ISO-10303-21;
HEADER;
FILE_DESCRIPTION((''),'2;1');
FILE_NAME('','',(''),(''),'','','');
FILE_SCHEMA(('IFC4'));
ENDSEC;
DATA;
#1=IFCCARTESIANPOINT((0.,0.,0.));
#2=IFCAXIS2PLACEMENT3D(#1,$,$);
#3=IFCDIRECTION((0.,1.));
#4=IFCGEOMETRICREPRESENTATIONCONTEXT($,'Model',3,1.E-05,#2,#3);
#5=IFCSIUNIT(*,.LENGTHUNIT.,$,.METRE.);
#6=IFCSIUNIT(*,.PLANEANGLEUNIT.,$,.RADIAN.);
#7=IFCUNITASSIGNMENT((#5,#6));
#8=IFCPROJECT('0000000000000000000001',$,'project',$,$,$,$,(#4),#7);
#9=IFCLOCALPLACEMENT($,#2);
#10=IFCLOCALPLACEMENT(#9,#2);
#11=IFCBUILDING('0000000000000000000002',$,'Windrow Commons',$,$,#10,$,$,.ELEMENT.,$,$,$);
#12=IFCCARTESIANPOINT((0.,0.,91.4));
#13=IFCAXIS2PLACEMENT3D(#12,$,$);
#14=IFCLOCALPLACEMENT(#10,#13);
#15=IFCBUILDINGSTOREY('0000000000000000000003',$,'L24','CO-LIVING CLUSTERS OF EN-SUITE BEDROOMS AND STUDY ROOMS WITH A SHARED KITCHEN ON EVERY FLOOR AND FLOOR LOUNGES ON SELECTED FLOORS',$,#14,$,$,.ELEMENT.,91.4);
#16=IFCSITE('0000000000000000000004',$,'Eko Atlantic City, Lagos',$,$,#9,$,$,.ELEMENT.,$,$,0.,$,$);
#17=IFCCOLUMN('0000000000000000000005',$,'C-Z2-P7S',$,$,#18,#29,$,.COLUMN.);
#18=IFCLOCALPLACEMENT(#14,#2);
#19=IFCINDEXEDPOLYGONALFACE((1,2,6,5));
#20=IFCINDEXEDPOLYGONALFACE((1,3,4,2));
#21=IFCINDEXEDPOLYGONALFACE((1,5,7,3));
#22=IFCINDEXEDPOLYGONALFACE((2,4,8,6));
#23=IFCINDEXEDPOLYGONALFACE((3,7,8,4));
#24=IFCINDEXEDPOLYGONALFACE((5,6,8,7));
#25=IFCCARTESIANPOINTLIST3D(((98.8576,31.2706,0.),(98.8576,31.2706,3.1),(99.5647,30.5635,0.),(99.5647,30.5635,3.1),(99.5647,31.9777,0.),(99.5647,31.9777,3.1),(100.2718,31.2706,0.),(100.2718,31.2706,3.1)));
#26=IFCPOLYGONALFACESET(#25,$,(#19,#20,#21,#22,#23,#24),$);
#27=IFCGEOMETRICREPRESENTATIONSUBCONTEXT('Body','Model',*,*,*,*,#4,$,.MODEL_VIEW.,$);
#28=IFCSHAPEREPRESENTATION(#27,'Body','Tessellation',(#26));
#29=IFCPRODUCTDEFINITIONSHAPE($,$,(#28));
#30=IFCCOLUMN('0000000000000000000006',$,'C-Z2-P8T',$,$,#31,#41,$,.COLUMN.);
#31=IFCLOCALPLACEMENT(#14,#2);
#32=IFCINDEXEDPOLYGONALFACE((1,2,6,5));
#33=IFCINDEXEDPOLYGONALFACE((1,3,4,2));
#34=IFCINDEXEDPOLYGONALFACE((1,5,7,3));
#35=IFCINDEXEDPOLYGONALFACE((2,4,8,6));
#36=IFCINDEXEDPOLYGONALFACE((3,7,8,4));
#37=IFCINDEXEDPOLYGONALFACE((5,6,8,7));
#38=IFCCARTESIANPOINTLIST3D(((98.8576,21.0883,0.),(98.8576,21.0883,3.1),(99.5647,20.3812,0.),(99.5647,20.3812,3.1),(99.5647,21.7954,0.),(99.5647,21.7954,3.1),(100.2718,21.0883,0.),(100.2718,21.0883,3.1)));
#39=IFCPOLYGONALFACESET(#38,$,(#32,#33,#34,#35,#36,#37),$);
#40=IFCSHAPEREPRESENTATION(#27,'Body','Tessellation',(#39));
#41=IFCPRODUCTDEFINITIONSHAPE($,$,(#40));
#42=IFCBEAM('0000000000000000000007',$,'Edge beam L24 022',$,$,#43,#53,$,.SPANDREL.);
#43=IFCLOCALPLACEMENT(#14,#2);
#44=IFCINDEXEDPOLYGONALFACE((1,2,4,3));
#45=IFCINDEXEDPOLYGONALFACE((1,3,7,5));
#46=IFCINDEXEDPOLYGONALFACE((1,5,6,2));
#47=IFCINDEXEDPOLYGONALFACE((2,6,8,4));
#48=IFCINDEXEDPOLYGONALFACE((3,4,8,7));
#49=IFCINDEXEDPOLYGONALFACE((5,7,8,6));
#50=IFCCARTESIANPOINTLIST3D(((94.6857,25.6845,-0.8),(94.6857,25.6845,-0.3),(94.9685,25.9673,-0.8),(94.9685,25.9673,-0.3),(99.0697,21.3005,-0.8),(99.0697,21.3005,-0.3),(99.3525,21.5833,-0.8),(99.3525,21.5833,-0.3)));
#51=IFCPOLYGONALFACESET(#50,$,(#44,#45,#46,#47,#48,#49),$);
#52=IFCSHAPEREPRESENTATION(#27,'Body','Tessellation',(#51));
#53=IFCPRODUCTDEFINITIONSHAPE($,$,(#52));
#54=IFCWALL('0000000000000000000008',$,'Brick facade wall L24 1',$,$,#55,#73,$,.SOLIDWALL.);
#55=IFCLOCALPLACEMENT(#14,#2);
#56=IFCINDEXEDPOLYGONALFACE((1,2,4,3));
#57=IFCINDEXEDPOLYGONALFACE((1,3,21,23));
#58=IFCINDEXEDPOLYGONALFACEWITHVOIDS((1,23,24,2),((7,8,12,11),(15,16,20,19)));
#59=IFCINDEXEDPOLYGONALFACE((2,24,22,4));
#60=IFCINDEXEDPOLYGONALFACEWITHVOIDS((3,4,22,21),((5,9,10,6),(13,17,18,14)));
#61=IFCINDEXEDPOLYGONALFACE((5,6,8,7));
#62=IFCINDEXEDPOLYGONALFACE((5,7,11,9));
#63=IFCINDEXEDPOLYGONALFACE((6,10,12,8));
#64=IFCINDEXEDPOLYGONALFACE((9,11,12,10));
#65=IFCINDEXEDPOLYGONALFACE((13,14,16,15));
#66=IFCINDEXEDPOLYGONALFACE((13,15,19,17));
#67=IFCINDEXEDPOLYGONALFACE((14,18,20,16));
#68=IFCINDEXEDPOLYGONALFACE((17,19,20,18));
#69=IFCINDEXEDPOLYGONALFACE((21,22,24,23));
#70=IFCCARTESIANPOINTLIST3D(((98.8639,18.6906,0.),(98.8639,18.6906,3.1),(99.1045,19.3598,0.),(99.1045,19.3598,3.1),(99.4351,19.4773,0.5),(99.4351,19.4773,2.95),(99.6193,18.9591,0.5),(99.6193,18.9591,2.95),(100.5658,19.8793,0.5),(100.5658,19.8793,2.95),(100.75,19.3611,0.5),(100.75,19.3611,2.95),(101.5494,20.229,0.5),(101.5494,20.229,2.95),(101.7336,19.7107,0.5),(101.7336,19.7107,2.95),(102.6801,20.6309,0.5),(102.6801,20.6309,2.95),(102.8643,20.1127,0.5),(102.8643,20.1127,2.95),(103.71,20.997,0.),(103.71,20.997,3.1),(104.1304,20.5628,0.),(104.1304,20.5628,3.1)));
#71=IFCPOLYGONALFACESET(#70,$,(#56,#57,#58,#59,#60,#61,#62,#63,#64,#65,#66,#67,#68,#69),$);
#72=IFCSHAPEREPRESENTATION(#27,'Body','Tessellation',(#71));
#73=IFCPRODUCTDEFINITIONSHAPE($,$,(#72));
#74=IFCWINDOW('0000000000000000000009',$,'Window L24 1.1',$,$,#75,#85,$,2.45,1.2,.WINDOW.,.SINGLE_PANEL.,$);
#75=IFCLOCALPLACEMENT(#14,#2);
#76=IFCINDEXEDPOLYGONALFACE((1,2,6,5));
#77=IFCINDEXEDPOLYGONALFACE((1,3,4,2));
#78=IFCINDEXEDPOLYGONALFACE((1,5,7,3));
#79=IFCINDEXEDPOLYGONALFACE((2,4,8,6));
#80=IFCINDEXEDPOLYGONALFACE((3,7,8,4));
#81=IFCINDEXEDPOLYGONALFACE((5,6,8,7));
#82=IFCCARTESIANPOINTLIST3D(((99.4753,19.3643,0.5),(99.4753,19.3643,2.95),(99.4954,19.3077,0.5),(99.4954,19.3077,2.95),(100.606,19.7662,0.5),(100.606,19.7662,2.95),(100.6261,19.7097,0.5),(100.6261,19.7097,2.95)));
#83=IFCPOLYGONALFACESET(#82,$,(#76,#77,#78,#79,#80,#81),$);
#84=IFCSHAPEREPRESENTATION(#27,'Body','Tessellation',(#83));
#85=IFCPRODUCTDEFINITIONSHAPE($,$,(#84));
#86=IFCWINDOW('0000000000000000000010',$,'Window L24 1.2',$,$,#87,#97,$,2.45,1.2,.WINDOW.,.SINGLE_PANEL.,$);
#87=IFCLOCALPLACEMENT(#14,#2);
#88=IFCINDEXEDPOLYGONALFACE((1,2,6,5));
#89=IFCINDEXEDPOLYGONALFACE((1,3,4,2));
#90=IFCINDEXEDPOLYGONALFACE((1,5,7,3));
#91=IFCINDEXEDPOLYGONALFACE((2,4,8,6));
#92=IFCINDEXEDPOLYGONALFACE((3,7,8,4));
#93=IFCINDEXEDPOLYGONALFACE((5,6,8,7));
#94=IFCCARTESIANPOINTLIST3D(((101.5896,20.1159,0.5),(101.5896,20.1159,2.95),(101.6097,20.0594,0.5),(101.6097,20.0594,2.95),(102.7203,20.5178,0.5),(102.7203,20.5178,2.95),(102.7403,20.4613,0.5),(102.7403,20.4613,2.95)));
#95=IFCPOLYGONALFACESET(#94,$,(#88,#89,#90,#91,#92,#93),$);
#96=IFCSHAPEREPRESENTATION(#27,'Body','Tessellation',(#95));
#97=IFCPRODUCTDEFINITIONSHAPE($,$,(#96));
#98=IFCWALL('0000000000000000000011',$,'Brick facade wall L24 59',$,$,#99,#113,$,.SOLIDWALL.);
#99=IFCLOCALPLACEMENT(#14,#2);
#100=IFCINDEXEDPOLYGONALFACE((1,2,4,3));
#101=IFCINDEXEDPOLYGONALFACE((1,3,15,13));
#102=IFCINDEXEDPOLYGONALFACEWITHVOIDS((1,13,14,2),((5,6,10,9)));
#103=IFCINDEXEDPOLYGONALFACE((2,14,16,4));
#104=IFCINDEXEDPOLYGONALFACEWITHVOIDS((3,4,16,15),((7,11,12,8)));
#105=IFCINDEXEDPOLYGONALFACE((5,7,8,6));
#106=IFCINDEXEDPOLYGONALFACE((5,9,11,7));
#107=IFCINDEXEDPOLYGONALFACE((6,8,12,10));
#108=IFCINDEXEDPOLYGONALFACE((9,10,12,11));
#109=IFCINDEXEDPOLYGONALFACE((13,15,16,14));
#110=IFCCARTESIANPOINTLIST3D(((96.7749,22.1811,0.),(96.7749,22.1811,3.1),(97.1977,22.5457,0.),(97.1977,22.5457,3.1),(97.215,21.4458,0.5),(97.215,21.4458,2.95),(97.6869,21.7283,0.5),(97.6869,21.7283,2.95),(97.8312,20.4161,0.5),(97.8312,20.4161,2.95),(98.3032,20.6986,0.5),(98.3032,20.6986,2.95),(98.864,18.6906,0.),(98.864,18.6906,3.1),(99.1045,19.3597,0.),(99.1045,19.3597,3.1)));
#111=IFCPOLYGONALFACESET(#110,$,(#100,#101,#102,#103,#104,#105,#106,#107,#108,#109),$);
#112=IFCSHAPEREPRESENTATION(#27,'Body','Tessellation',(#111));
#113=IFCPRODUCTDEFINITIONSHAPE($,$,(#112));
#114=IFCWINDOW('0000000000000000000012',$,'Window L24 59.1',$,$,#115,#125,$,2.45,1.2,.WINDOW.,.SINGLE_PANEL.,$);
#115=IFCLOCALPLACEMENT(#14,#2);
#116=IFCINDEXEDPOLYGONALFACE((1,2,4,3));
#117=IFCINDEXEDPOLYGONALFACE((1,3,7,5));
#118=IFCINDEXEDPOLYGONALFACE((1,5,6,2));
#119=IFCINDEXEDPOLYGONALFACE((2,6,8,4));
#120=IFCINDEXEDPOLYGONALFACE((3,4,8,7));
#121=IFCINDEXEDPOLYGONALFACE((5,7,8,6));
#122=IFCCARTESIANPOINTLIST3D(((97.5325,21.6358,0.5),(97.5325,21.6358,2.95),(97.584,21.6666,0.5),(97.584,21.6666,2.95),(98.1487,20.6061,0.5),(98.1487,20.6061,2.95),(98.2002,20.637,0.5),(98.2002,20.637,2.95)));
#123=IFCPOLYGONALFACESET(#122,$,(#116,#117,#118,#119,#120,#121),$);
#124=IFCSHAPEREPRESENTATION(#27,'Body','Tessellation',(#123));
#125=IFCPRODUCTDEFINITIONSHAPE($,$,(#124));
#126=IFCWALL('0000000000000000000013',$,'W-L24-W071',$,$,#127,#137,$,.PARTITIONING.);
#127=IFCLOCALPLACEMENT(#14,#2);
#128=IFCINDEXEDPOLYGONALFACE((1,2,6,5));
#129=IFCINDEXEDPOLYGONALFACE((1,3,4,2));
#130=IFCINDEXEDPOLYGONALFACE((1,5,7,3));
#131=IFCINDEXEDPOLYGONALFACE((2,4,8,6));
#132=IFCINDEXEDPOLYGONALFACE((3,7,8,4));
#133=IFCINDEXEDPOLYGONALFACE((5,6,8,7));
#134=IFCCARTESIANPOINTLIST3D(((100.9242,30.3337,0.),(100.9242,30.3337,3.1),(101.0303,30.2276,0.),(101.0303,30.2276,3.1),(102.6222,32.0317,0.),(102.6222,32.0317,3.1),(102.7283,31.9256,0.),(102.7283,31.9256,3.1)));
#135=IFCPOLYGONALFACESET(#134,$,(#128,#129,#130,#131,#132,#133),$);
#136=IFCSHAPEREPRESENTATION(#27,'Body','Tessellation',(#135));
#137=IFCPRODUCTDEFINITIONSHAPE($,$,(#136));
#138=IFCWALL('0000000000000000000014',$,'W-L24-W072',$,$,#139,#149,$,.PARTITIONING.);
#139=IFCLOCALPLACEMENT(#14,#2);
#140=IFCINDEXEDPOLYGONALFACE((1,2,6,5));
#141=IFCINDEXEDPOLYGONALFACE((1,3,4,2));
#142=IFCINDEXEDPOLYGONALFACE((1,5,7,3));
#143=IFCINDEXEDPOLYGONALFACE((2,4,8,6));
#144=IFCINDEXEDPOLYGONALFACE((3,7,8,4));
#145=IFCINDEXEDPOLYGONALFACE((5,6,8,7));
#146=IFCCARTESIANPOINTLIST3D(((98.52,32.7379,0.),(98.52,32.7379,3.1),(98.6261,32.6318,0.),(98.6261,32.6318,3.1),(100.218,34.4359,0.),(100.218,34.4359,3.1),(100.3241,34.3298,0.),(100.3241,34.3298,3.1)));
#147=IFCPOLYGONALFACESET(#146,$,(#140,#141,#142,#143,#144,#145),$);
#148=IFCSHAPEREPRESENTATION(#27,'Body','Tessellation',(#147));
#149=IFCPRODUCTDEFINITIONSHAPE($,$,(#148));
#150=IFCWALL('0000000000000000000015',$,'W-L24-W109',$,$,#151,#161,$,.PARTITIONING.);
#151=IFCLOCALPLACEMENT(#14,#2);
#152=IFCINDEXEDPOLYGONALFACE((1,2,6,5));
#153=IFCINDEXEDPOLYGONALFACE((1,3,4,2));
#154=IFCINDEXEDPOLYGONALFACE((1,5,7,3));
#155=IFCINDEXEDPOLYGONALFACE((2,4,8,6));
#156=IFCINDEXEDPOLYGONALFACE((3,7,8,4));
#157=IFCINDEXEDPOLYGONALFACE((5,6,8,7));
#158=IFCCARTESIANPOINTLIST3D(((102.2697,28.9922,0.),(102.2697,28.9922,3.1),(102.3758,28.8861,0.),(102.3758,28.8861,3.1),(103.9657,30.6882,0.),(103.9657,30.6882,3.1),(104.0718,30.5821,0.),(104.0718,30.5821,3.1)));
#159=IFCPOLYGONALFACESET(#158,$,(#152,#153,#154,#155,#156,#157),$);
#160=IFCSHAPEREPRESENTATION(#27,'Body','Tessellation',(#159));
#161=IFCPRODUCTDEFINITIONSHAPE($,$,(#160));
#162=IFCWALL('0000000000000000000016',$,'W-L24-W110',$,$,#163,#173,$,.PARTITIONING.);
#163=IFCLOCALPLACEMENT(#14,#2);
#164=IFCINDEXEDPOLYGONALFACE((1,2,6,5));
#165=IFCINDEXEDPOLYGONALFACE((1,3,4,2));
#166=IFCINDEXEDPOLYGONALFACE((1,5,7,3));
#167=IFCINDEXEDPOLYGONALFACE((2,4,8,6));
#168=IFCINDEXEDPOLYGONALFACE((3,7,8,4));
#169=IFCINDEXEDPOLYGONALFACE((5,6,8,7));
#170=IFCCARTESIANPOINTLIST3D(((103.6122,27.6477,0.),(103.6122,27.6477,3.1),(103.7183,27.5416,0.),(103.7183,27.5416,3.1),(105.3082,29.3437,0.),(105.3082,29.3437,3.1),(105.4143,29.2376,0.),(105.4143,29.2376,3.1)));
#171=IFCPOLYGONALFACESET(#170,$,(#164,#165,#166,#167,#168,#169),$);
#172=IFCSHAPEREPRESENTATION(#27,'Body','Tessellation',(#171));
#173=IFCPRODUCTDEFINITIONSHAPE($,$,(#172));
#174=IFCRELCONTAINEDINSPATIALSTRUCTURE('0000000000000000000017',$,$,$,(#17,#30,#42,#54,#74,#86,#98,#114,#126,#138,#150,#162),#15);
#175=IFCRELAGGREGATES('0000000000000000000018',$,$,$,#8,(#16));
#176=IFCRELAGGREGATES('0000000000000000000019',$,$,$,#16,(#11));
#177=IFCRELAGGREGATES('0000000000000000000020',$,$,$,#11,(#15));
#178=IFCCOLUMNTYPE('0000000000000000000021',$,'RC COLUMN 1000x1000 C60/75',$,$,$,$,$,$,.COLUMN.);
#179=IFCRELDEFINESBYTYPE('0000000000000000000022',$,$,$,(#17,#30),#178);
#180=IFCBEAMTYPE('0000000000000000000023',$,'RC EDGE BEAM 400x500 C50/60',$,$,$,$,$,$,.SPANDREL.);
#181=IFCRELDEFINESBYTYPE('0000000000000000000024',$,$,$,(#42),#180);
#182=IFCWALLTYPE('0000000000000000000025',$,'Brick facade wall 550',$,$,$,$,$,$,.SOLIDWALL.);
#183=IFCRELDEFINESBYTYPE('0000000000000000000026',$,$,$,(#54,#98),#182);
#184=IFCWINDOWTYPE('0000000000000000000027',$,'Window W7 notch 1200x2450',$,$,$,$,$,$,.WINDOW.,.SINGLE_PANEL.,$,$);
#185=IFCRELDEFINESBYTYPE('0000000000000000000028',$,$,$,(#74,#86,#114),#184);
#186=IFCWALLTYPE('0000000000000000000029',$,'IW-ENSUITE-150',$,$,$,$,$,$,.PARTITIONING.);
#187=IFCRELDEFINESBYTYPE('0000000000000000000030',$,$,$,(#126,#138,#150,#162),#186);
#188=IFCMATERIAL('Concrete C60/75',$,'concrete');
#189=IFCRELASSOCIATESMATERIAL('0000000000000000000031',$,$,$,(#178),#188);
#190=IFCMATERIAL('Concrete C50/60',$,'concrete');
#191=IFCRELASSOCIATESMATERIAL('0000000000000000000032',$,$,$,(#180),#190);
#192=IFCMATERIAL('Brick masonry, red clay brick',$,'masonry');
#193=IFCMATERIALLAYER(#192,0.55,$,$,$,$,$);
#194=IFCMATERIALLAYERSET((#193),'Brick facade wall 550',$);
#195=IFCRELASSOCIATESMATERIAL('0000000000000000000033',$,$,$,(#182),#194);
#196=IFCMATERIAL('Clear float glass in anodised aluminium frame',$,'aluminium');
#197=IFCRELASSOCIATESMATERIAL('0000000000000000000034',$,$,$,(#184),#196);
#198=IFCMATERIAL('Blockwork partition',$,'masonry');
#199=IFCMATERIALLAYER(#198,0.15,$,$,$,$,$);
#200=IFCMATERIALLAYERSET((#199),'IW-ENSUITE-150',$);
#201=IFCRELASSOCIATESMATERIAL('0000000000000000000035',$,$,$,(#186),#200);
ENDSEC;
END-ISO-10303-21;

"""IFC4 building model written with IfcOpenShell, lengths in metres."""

from ifc_helpers import new_model, si_unit, direction, frame, frame_2d, origin, origin_2d, place, context, subcontext, project, spatial, polyline, rectangle, outline, extrude, material, layer, layer_set, material_profile, profile_set, type_object, element, fill, save


model = new_model("IFC4")

# Units and contexts
model_context = context("Model", 3, precision=1e-05, world=origin(), true_north=direction((0.0, 1.0)))
body_context = subcontext(model_context, "Body", "Model", "MODEL_VIEW")
ifc_project = project(units=[si_unit("LENGTHUNIT", "METRE"), si_unit("PLANEANGLEUNIT", "RADIAN")], contexts=[model_context])

# Site, building, storey
site_placement = place(None, origin())
site = spatial("IfcSite", under=ifc_project, at=site_placement, Name="Eko Atlantic City, Lagos", CompositionType="ELEMENT", RefElevation=0.0)
building_placement = place(site_placement, origin())
building = spatial("IfcBuilding", under=site, at=building_placement, Name="Windrow Commons", CompositionType="ELEMENT")
storey_placement = place(building_placement, frame((0.0, 0.0, 91.4)))
storey = spatial("IfcBuildingStorey", under=building, at=storey_placement, Name="L24", Description="CO-LIVING CLUSTERS OF EN-SUITE BEDROOMS AND STUDY ROOMS WITH A SHARED KITCHEN ON EVERY FLOOR AND FLOOR LOUNGES ON SELECTED FLOORS", CompositionType="ELEMENT", Elevation=91.4)

# Columns
ifc_material_1 = material(Name="Concrete C60/75", Category="concrete")
ifc_material_profile_1 = material_profile(ifc_material_1, rectangle(XDim=1.0, YDim=1.0, at=origin_2d()))
ifc_profile_set_1 = profile_set([ifc_material_profile_1], Name="Concrete C60/75")
column_type = type_object("IfcColumnType", Name="RC COLUMN 1000x1000 C60/75", PredefinedType="COLUMN", material=ifc_profile_set_1)
for number, where, z_axis, x_axis, name in (
    (1, (99.5647, 31.2706, 0.0), (0.0, 0.0, 1.0), (0.707107, -0.707107, 0.0), "C-Z2-P7S"),
    (2, (99.5647, 21.0883, 0.0), (0.0, 0.0, 1.0), (0.707107, -0.707107, 0.0), "C-Z2-P8T"),
):
    element("IfcColumn", number, at=place(storey_placement, frame(where, z_axis=z_axis, x_axis=x_axis)), inside=storey, type_object=column_type, Name=name, PredefinedType="COLUMN", context=body_context, shape_type="SweptSolid", body=[
        extrude(rectangle(XDim=1.0, YDim=1.0, at=origin_2d()), origin(), (0.0, 0.0, 1.0), 3.1),
    ])

# Beam
ifc_material_2 = material(Name="Concrete C50/60", Category="concrete")
ifc_material_profile_2 = material_profile(ifc_material_2, rectangle(XDim=0.4, YDim=0.5, at=origin_2d()))
ifc_profile_set_2 = profile_set([ifc_material_profile_2], Name="Concrete C50/60")
beam_type = type_object("IfcBeamType", Name="RC EDGE BEAM 400x500 C50/60", PredefinedType="SPANDREL", material=ifc_profile_set_2)
beam_placement = place(storey_placement, frame((99.2111, 21.4419, -0.55), z_axis=(-0.707107, 0.707107, 0.0), x_axis=(-0.707107, -0.707107, 0.0)))
element("IfcBeam", 3, at=beam_placement, inside=storey, type_object=beam_type, Name="Edge beam L24 022", PredefinedType="SPANDREL", context=body_context, shape_type="SweptSolid", body=[
    extrude(rectangle(XDim=0.4, YDim=0.5, at=origin_2d()), origin(), (0.0, 0.0, 1.0), 6.1999),
])

# Wall, openings, windows
ifc_material_3 = material(Name="Brick masonry, red clay brick", Category="masonry")
ifc_layer_1 = layer(ifc_material_3, 0.55)
ifc_layer_set_1 = layer_set([ifc_layer_1], Name="Brick facade wall 550")
wall_type_1 = type_object("IfcWallType", Name="Brick facade wall 550", PredefinedType="SOLIDWALL", material=ifc_layer_set_1)
wall_1_placement = place(storey_placement, frame((98.9842, 19.0252, 0.0), z_axis=(0.0, 0.0, 1.0), x_axis=(0.942234, 0.334955, 0.0)))
wall_1 = element("IfcWall", 4, at=wall_1_placement, inside=storey, type_object=wall_type_1, Name="Brick facade wall L24 1", PredefinedType="SOLIDWALL", context=body_context, shape_type="SweptSolid", body=[
    extrude(outline(polyline([(-0.2254, -0.275), (5.3639, -0.275), (5.1133, 0.275), (0.2254, 0.275), (-0.2254, -0.275)])), origin(), (0.0, 0.0, 1.0), 3.1),
])
opening_1_placement = place(wall_1_placement, frame((0.5763, 0.0, 0.5)))
opening_1 = element("IfcOpeningElement", 5, at=opening_1_placement, cuts=wall_1, PredefinedType="OPENING", context=body_context, shape_type="SweptSolid", body=[
    extrude(rectangle(XDim=1.2, YDim=2.45, at=frame_2d((0.6, 1.225))), frame((0.0, 0.285, 0.0), z_axis=(0.0, -1.0, 0.0), x_axis=(1.0, 0.0, 0.0)), (0.0, 0.0, 1.0), 0.57),
])
opening_2_placement = place(wall_1_placement, frame((2.8202, 0.0, 0.5)))
opening_2 = element("IfcOpeningElement", 6, at=opening_2_placement, cuts=wall_1, PredefinedType="OPENING", context=body_context, shape_type="SweptSolid", body=[
    extrude(rectangle(XDim=1.2, YDim=2.45, at=frame_2d((0.6, 1.225))), frame((0.0, 0.285, 0.0), z_axis=(0.0, -1.0, 0.0), x_axis=(1.0, 0.0, 0.0)), (0.0, 0.0, 1.0), 0.57),
])
ifc_material_4 = material(Name="Clear float glass in anodised aluminium frame", Category="aluminium")
window_type = type_object("IfcWindowType", Name="Window W7 notch 1200x2450", PartitioningType="SINGLE_PANEL", PredefinedType="WINDOW", material=ifc_material_4)
window_1_placement = place(opening_1_placement, origin())
window_1 = element("IfcWindow", 7, at=window_1_placement, inside=storey, type_object=window_type, Name="Window L24 1.1", OverallHeight=2.45, OverallWidth=1.2, PartitioningType="SINGLE_PANEL", PredefinedType="WINDOW", context=body_context, shape_type="SweptSolid", body=[
    extrude(rectangle(XDim=1.2, YDim=2.45, at=frame_2d((0.6, 1.225))), frame((0.0, 0.155, 0.0), z_axis=(0.0, -1.0, 0.0), x_axis=(1.0, 0.0, 0.0)), (0.0, 0.0, 1.0), 0.06),
])
fill(opening_1, window_1)
window_2_placement = place(opening_2_placement, origin())
window_2 = element("IfcWindow", 8, at=window_2_placement, inside=storey, type_object=window_type, Name="Window L24 1.2", OverallHeight=2.45, OverallWidth=1.2, PartitioningType="SINGLE_PANEL", PredefinedType="WINDOW", context=body_context, shape_type="SweptSolid", body=[
    extrude(rectangle(XDim=1.2, YDim=2.45, at=frame_2d((0.6, 1.225))), frame((0.0, 0.155, 0.0), z_axis=(0.0, -1.0, 0.0), x_axis=(1.0, 0.0, 0.0)), (0.0, 0.0, 1.0), 0.06),
])
fill(opening_2, window_2)

# Wall, opening, window
wall_2_placement = place(storey_placement, frame((96.9863, 22.3634, 0.0), z_axis=(0.0, 0.0, 1.0), x_axis=(0.513547, -0.858062, 0.0)))
wall_2 = element("IfcWall", 9, at=wall_2_placement, inside=storey, type_object=wall_type_1, Name="Brick facade wall L24 59", PredefinedType="SOLIDWALL", context=body_context, shape_type="SweptSolid", body=[
    extrude(outline(polyline([(0.0479, -0.275), (4.1158, -0.275), (3.6651, 0.275), (-0.0479, 0.275), (0.0479, -0.275)])), origin(), (0.0, 0.0, 1.0), 3.1),
])
opening_3_placement = place(wall_2_placement, frame((0.9048, 0.0, 0.5)))
opening_3 = element("IfcOpeningElement", 10, at=opening_3_placement, cuts=wall_2, PredefinedType="OPENING", context=body_context, shape_type="SweptSolid", body=[
    extrude(rectangle(XDim=1.2, YDim=2.45, at=frame_2d((0.6, 1.225))), frame((0.0, 0.285, 0.0), z_axis=(0.0, -1.0, 0.0), x_axis=(1.0, 0.0, 0.0)), (0.0, 0.0, 1.0), 0.57),
])
window_3_placement = place(opening_3_placement, origin())
window_3 = element("IfcWindow", 11, at=window_3_placement, inside=storey, type_object=window_type, Name="Window L24 59.1", OverallHeight=2.45, OverallWidth=1.2, PartitioningType="SINGLE_PANEL", PredefinedType="WINDOW", context=body_context, shape_type="SweptSolid", body=[
    extrude(rectangle(XDim=1.2, YDim=2.45, at=frame_2d((0.6, 1.225))), frame((0.0, 0.155, 0.0), z_axis=(0.0, -1.0, 0.0), x_axis=(1.0, 0.0, 0.0)), (0.0, 0.0, 1.0), 0.06),
])
fill(opening_3, window_3)

# Walls
ifc_material_5 = material(Name="Blockwork partition", Category="masonry")
ifc_layer_2 = layer(ifc_material_5, 0.15)
ifc_layer_set_2 = layer_set([ifc_layer_2], Name="IW-ENSUITE-150")
wall_type_2 = type_object("IfcWallType", Name="IW-ENSUITE-150", PredefinedType="PARTITIONING", material=ifc_layer_set_2)
for number, where, z_axis, x_axis, name in (
    (12, (100.9773, 30.2807, 0.0), (0.0, 0.0, 1.0), (0.707107, 0.707107, 0.0), "W-L24-W071"),
    (13, (98.5731, 32.6849, 0.0), (0.0, 0.0, 1.0), (0.707107, 0.707107, 0.0), "W-L24-W072"),
):
    element("IfcWall", number, at=place(storey_placement, frame(where, z_axis=z_axis, x_axis=x_axis)), inside=storey, type_object=wall_type_2, Name=name, PredefinedType="PARTITIONING", context=body_context, shape_type="SweptSolid", body=[
        extrude(rectangle(XDim=2.4013, YDim=0.15, at=frame_2d((1.2006, 0.0))), origin(), (0.0, 0.0, 1.0), 3.1),
    ])
for number, where, z_axis, x_axis, name in (
    (14, (102.3228, 28.9392, 0.0), (0.0, 0.0, 1.0), (0.707107, 0.707107, 0.0), "W-L24-W109"),
    (15, (103.6653, 27.5947, 0.0), (0.0, 0.0, 1.0), (0.707107, 0.707107, 0.0), "W-L24-W110"),
):
    element("IfcWall", number, at=place(storey_placement, frame(where, z_axis=z_axis, x_axis=x_axis)), inside=storey, type_object=wall_type_2, Name=name, PredefinedType="PARTITIONING", context=body_context, shape_type="SweptSolid", body=[
        extrude(rectangle(XDim=2.3985, YDim=0.15, at=frame_2d((1.1992, 0.0))), origin(), (0.0, 0.0, 1.0), 3.1),
    ])

save(model, "model.ifc")
